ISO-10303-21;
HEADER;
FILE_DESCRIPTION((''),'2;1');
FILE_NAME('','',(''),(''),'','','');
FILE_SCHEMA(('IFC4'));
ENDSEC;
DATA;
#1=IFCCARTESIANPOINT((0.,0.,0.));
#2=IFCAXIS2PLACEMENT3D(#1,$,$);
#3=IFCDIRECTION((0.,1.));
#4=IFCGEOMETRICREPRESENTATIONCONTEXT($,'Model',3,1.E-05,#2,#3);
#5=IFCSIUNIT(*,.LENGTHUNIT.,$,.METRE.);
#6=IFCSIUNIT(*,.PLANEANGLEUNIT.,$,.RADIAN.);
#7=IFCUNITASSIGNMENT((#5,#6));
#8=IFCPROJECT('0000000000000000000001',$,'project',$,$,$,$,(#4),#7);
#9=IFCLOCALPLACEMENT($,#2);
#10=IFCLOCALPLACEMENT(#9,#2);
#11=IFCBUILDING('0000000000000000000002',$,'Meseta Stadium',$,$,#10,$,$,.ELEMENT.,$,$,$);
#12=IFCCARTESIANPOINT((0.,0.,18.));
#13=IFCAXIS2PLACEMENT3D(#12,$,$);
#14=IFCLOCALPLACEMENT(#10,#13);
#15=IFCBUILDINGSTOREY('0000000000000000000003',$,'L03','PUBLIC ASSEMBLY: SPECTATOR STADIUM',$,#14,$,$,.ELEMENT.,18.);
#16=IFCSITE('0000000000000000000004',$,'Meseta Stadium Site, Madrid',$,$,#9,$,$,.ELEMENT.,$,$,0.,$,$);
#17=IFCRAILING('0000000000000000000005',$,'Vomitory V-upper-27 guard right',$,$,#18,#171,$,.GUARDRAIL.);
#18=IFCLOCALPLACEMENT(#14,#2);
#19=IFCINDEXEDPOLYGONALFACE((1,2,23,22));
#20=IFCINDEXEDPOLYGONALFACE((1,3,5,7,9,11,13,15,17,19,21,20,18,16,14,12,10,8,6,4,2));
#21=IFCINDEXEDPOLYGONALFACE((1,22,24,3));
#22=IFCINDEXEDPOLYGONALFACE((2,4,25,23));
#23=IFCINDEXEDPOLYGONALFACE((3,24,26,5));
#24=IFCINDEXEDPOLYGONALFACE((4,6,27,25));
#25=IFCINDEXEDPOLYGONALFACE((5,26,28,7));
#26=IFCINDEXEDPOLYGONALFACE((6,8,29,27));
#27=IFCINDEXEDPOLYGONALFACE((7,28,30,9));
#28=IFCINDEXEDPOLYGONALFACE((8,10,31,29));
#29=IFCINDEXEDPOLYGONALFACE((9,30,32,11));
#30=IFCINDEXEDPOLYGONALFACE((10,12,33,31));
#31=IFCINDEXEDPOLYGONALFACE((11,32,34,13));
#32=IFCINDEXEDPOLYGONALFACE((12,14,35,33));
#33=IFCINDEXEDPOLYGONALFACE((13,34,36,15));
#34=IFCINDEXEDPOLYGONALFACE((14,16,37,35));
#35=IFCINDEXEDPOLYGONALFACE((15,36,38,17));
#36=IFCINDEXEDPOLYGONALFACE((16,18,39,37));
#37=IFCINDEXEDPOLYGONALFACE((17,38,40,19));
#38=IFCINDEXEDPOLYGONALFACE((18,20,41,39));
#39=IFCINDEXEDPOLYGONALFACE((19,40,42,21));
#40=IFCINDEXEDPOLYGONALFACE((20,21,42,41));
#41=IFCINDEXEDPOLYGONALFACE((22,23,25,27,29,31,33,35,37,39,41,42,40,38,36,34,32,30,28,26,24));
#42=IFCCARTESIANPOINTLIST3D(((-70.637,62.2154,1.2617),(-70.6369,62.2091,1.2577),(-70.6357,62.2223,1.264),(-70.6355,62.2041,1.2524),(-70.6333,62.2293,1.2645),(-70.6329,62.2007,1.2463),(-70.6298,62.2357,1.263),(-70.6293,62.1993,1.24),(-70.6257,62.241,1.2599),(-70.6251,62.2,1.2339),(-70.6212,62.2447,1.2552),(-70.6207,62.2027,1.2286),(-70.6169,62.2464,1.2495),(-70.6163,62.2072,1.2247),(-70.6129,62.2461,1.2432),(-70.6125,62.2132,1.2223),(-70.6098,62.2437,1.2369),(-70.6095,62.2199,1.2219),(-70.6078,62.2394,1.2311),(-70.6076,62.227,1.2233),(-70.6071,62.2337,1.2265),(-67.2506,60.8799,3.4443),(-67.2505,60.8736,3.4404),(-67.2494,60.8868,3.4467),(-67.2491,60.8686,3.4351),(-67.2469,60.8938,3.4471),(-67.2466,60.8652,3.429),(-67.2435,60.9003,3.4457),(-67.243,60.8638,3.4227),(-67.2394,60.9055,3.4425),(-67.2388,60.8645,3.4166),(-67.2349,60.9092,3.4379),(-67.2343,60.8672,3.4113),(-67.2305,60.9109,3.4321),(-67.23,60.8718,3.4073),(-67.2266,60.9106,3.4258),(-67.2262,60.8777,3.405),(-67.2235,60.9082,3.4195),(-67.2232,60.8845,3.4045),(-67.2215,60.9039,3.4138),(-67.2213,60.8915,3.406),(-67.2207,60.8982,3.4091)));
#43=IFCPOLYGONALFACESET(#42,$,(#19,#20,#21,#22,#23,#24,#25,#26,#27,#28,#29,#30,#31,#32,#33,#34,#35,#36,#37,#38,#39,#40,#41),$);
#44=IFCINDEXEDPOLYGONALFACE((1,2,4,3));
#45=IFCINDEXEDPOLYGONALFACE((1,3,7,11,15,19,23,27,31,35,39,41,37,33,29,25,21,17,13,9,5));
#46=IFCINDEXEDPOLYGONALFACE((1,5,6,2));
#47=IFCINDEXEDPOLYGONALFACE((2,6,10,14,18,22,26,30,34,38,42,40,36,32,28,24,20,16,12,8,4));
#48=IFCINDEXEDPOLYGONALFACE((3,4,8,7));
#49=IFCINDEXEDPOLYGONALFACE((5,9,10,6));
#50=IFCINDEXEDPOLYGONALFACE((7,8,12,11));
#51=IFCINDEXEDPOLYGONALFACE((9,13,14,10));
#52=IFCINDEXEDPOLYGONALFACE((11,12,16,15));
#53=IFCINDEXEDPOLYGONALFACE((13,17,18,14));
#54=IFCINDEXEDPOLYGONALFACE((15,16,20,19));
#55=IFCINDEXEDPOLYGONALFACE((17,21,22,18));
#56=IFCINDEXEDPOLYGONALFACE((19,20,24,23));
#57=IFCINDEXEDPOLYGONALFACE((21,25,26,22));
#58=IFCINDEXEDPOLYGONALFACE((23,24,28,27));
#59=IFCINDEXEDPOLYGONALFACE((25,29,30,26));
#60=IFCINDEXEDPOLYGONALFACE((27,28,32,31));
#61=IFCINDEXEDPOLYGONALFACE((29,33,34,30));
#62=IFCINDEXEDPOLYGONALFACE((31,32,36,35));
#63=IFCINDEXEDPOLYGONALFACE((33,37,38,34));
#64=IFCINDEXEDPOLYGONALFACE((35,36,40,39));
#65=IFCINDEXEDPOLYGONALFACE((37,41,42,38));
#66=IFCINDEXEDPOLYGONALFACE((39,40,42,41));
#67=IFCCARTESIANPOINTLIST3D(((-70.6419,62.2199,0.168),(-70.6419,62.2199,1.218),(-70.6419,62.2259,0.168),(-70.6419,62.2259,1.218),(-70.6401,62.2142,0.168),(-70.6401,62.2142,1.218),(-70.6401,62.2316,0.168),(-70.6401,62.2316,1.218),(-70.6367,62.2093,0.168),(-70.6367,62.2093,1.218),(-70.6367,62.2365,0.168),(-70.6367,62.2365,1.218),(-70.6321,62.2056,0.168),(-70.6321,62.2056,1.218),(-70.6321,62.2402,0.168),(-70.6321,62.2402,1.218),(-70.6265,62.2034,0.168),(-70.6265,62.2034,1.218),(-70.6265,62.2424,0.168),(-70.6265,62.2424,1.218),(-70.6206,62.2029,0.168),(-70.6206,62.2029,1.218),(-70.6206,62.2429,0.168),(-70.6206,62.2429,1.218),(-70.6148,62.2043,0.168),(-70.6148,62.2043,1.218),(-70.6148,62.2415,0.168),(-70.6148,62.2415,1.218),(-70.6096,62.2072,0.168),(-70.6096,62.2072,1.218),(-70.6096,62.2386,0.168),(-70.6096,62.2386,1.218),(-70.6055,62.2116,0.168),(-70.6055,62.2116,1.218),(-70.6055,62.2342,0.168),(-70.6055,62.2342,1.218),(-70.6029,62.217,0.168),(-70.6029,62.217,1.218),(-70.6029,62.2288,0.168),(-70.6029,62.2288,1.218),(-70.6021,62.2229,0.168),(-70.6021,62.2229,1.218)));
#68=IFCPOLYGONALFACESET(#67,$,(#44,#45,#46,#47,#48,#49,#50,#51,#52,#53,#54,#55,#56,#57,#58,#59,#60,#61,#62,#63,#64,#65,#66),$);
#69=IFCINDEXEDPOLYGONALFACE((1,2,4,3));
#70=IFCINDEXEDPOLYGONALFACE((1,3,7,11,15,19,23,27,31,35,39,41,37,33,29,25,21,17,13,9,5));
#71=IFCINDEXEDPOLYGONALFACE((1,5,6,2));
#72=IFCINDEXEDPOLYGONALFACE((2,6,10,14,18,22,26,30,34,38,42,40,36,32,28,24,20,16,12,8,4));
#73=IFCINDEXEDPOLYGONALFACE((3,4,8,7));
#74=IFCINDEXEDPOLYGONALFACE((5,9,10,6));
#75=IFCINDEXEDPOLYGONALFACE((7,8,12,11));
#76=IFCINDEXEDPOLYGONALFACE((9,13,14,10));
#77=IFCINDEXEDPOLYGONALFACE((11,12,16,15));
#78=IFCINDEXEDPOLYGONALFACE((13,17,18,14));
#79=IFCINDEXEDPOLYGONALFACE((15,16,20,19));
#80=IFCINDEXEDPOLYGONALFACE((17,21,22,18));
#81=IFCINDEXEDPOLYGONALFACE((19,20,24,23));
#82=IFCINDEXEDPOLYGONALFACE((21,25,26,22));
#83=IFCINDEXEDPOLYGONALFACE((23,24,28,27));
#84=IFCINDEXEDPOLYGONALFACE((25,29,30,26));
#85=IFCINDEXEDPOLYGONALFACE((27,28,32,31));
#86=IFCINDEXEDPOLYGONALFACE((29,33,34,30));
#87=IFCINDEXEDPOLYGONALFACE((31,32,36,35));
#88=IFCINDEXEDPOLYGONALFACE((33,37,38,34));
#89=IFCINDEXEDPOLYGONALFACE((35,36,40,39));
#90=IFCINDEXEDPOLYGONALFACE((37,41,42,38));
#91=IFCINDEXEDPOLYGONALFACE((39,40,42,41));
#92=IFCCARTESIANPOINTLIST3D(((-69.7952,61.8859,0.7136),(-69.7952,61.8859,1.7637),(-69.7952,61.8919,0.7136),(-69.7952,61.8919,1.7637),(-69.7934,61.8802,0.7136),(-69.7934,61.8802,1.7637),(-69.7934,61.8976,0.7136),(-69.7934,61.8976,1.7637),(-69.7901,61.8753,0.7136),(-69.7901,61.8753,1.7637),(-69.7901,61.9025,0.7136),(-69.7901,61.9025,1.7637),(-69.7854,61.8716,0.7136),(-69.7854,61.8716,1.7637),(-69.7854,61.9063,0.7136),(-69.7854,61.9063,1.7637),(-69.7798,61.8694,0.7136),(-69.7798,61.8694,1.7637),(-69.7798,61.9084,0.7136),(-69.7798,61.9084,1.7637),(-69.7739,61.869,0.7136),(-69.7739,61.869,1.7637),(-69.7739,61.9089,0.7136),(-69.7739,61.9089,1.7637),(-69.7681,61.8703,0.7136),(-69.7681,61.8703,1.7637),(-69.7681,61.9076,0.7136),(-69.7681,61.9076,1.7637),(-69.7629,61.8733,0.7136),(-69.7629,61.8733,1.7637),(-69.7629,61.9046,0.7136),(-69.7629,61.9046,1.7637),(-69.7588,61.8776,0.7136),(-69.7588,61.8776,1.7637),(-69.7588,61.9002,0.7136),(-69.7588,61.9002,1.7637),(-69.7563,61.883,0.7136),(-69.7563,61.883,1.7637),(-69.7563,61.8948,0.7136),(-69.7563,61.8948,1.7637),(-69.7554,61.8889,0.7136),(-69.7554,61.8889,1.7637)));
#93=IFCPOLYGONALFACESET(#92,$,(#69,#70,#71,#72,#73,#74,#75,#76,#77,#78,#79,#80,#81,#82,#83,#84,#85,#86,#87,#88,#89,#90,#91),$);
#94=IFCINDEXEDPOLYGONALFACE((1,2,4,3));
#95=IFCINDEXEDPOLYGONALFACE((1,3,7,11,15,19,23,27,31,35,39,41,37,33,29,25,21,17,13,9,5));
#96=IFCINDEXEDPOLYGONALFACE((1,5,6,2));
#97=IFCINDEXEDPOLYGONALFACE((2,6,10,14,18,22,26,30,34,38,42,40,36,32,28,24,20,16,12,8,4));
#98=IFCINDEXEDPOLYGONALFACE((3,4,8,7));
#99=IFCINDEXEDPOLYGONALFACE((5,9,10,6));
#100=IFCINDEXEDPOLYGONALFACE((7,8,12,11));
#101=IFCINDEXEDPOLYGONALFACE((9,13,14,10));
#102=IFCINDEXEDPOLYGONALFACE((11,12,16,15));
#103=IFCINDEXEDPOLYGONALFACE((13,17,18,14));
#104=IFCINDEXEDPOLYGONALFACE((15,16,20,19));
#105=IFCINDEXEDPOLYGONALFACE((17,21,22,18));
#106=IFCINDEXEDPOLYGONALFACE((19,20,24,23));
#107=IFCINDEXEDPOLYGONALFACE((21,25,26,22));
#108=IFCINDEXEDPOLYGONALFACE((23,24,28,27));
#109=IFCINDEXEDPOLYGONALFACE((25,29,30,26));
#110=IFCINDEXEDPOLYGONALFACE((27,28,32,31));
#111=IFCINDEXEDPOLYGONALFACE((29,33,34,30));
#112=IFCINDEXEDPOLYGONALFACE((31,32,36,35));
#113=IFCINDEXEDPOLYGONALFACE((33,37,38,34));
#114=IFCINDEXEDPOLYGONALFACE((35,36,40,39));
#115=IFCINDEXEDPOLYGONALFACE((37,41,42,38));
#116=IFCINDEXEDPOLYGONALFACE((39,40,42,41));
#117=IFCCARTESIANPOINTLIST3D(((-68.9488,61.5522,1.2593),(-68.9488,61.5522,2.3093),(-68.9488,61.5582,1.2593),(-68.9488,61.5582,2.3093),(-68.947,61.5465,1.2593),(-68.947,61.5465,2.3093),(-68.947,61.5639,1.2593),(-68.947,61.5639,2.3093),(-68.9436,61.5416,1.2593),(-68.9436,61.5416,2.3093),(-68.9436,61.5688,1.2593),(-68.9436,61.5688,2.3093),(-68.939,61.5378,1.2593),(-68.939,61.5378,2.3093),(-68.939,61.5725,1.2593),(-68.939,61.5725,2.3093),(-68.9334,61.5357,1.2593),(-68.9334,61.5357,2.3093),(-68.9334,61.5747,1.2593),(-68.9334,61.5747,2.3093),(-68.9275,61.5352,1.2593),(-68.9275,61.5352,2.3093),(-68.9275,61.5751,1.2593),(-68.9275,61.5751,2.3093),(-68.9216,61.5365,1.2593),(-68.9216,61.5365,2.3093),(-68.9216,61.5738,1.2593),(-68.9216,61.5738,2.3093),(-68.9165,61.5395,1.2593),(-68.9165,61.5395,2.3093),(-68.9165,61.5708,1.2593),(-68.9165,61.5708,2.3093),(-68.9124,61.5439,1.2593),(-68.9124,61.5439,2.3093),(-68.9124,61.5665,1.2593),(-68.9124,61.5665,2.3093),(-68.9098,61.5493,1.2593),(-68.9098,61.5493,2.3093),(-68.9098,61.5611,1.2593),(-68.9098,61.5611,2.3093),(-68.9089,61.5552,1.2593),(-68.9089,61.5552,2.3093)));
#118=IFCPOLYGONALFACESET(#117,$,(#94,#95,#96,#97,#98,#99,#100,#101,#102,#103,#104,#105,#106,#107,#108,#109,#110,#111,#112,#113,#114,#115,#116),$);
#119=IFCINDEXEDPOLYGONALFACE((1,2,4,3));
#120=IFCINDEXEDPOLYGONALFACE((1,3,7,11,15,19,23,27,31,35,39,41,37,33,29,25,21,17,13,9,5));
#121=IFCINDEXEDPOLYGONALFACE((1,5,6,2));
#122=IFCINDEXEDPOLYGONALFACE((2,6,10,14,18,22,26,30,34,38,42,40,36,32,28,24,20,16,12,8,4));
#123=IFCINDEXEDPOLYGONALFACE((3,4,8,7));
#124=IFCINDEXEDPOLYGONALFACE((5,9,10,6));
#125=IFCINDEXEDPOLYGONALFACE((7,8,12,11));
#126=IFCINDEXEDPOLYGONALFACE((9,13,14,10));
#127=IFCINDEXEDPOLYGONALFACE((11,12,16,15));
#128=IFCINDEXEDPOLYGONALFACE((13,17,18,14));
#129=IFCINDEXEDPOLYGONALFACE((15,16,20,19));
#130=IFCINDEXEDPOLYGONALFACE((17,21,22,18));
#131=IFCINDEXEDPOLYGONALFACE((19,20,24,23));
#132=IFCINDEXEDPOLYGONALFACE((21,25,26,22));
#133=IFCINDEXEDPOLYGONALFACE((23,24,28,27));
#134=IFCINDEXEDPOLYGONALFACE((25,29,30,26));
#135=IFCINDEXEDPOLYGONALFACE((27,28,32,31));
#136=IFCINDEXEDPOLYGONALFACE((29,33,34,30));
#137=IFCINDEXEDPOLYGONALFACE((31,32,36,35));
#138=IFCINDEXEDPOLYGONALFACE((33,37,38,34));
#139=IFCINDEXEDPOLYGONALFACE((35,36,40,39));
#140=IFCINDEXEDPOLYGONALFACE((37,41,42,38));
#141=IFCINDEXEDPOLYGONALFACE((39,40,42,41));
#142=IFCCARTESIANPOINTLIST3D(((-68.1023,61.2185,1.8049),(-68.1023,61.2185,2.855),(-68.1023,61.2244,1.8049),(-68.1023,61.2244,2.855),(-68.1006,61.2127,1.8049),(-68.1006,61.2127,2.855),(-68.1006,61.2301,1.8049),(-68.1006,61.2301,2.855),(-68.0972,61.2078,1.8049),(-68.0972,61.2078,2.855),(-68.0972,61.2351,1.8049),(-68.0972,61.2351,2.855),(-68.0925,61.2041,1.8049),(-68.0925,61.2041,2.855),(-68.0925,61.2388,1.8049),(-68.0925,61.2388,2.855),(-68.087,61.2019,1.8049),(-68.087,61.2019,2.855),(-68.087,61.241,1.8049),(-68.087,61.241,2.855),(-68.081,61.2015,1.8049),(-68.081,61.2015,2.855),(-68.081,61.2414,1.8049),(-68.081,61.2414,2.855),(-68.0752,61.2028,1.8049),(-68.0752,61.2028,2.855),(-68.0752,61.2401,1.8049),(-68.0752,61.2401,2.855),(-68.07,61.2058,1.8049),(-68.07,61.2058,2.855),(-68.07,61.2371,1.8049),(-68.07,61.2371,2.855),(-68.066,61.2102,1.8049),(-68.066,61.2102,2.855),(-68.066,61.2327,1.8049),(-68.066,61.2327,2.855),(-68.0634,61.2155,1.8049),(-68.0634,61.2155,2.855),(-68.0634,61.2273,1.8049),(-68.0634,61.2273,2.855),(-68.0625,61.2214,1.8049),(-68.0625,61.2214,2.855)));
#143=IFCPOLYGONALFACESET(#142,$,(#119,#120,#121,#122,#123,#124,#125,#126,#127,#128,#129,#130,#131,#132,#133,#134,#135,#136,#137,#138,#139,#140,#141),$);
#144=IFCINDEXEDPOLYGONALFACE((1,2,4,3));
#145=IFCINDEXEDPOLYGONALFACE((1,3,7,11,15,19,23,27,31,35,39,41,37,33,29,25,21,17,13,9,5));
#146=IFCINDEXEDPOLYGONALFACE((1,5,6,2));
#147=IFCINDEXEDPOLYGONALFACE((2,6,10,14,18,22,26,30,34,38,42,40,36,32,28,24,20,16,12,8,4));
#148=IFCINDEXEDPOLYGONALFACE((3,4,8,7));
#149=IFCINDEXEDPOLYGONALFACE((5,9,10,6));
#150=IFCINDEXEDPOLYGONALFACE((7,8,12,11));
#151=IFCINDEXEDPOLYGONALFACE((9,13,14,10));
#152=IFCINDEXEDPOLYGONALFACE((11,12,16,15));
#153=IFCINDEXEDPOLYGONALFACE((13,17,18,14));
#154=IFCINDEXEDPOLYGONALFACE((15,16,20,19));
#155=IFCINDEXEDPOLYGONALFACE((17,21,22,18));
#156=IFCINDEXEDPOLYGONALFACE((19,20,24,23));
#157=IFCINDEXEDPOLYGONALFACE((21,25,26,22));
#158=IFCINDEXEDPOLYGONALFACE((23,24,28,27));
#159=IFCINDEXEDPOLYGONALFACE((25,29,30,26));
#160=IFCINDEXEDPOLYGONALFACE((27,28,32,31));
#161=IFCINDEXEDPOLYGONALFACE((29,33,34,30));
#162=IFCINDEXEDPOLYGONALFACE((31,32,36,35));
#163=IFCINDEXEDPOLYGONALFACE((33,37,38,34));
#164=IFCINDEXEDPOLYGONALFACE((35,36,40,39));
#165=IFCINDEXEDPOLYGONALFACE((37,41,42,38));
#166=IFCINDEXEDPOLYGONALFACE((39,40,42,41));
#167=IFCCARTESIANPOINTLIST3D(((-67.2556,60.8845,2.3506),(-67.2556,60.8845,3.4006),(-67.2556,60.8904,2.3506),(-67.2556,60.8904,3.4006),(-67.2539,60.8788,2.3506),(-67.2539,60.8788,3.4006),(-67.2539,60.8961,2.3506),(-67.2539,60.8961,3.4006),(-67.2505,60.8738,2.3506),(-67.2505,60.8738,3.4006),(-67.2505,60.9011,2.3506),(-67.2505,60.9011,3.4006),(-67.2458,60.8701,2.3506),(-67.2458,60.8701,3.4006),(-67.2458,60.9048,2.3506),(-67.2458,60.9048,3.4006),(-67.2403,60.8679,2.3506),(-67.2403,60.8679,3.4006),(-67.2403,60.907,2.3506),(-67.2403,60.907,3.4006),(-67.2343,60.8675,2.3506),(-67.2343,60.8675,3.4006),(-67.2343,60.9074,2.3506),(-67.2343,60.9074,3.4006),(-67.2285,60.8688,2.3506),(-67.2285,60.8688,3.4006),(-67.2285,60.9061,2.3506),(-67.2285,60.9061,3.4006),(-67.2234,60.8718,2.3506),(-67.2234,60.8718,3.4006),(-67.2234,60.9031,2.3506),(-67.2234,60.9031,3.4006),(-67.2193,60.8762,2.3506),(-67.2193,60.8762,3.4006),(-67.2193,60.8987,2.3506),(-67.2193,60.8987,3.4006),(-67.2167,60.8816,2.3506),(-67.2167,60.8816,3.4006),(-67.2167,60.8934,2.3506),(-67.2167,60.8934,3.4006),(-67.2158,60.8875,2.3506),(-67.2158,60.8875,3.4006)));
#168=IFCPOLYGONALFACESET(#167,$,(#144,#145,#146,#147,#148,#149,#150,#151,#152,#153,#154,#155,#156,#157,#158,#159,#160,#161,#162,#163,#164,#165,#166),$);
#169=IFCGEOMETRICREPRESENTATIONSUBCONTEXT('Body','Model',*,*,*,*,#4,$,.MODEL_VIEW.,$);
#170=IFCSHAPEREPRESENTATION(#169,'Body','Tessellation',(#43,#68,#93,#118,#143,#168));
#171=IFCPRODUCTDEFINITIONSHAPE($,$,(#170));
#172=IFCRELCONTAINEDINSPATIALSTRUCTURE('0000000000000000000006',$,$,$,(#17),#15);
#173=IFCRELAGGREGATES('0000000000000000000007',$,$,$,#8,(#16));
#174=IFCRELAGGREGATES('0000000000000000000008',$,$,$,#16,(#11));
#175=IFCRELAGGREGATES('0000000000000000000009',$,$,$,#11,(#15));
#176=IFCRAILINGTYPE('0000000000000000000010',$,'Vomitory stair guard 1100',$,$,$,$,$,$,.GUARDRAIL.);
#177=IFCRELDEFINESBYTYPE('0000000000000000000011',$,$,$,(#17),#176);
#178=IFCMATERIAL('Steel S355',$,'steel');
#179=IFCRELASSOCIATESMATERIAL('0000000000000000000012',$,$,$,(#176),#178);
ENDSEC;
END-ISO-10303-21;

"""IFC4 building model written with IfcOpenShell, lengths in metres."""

from ifc_helpers import new_model, si_unit, direction, frame, origin, origin_2d, place, context, subcontext, project, spatial, circle, extrude, material, type_object, element, save


model = new_model("IFC4")

# Units and contexts
model_context = context("Model", 3, precision=1e-05, world=origin(), true_north=direction((0.0, 1.0)))
body_context = subcontext(model_context, "Body", "Model", "MODEL_VIEW")
ifc_project = project(units=[si_unit("LENGTHUNIT", "METRE"), si_unit("PLANEANGLEUNIT", "RADIAN")], contexts=[model_context])

# Site, building, storey
site_placement = place(None, origin())
site = spatial("IfcSite", under=ifc_project, at=site_placement, Name="Meseta Stadium Site, Madrid", CompositionType="ELEMENT", RefElevation=0.0)
building_placement = place(site_placement, origin())
building = spatial("IfcBuilding", under=site, at=building_placement, Name="Meseta Stadium", CompositionType="ELEMENT")
storey_placement = place(building_placement, frame((0.0, 0.0, 18.0)))
storey = spatial("IfcBuildingStorey", under=building, at=storey_placement, Name="L03", Description="PUBLIC ASSEMBLY: SPECTATOR STADIUM", CompositionType="ELEMENT", Elevation=18.0)

# Railing
ifc_material_1 = material(Name="Steel S355", Category="steel")
railing_type_1 = type_object("IfcRailingType", Name="Vomitory stair guard 1100", PredefinedType="GUARDRAIL", material=ifc_material_1)
for number, where, name in (
    (1, (-70.6221, 62.2229, 0.168), "Vomitory V-upper-27 guard right"),
):
    element("IfcRailing", number, at=place(storey_placement, frame(where)), inside=storey, type_object=railing_type_1, Name=name, PredefinedType="GUARDRAIL", context=body_context, shape_type="SweptSolid", body=[
        extrude(circle(Radius=0.0249, at=origin_2d()), frame((0.0, 0.0, 1.0752), z_axis=(0.797836, -0.314648, 0.514251), x_axis=(0.366876, 0.93027, 0.0)), (0.0, 0.0, 1.0), 4.2444),
        extrude(circle(Radius=0.02, at=origin_2d()), origin(), (0.0, 0.0, 1.0), 1.05),
        extrude(circle(Radius=0.02, at=origin_2d()), frame((0.8467, -0.334, 0.5457)), (0.0, 0.0, 1.0), 1.05),
        extrude(circle(Radius=0.02, at=origin_2d()), frame((1.6931, -0.6677, 1.0913)), (0.0, 0.0, 1.0), 1.05),
        extrude(circle(Radius=0.02, at=origin_2d()), frame((2.5396, -1.0015, 1.637)), (0.0, 0.0, 1.0), 1.05),
        extrude(circle(Radius=0.02, at=origin_2d()), frame((3.3862, -1.3354, 2.1826)), (0.0, 0.0, 1.0), 1.05),
    ])

save(model, "model.ifc")
